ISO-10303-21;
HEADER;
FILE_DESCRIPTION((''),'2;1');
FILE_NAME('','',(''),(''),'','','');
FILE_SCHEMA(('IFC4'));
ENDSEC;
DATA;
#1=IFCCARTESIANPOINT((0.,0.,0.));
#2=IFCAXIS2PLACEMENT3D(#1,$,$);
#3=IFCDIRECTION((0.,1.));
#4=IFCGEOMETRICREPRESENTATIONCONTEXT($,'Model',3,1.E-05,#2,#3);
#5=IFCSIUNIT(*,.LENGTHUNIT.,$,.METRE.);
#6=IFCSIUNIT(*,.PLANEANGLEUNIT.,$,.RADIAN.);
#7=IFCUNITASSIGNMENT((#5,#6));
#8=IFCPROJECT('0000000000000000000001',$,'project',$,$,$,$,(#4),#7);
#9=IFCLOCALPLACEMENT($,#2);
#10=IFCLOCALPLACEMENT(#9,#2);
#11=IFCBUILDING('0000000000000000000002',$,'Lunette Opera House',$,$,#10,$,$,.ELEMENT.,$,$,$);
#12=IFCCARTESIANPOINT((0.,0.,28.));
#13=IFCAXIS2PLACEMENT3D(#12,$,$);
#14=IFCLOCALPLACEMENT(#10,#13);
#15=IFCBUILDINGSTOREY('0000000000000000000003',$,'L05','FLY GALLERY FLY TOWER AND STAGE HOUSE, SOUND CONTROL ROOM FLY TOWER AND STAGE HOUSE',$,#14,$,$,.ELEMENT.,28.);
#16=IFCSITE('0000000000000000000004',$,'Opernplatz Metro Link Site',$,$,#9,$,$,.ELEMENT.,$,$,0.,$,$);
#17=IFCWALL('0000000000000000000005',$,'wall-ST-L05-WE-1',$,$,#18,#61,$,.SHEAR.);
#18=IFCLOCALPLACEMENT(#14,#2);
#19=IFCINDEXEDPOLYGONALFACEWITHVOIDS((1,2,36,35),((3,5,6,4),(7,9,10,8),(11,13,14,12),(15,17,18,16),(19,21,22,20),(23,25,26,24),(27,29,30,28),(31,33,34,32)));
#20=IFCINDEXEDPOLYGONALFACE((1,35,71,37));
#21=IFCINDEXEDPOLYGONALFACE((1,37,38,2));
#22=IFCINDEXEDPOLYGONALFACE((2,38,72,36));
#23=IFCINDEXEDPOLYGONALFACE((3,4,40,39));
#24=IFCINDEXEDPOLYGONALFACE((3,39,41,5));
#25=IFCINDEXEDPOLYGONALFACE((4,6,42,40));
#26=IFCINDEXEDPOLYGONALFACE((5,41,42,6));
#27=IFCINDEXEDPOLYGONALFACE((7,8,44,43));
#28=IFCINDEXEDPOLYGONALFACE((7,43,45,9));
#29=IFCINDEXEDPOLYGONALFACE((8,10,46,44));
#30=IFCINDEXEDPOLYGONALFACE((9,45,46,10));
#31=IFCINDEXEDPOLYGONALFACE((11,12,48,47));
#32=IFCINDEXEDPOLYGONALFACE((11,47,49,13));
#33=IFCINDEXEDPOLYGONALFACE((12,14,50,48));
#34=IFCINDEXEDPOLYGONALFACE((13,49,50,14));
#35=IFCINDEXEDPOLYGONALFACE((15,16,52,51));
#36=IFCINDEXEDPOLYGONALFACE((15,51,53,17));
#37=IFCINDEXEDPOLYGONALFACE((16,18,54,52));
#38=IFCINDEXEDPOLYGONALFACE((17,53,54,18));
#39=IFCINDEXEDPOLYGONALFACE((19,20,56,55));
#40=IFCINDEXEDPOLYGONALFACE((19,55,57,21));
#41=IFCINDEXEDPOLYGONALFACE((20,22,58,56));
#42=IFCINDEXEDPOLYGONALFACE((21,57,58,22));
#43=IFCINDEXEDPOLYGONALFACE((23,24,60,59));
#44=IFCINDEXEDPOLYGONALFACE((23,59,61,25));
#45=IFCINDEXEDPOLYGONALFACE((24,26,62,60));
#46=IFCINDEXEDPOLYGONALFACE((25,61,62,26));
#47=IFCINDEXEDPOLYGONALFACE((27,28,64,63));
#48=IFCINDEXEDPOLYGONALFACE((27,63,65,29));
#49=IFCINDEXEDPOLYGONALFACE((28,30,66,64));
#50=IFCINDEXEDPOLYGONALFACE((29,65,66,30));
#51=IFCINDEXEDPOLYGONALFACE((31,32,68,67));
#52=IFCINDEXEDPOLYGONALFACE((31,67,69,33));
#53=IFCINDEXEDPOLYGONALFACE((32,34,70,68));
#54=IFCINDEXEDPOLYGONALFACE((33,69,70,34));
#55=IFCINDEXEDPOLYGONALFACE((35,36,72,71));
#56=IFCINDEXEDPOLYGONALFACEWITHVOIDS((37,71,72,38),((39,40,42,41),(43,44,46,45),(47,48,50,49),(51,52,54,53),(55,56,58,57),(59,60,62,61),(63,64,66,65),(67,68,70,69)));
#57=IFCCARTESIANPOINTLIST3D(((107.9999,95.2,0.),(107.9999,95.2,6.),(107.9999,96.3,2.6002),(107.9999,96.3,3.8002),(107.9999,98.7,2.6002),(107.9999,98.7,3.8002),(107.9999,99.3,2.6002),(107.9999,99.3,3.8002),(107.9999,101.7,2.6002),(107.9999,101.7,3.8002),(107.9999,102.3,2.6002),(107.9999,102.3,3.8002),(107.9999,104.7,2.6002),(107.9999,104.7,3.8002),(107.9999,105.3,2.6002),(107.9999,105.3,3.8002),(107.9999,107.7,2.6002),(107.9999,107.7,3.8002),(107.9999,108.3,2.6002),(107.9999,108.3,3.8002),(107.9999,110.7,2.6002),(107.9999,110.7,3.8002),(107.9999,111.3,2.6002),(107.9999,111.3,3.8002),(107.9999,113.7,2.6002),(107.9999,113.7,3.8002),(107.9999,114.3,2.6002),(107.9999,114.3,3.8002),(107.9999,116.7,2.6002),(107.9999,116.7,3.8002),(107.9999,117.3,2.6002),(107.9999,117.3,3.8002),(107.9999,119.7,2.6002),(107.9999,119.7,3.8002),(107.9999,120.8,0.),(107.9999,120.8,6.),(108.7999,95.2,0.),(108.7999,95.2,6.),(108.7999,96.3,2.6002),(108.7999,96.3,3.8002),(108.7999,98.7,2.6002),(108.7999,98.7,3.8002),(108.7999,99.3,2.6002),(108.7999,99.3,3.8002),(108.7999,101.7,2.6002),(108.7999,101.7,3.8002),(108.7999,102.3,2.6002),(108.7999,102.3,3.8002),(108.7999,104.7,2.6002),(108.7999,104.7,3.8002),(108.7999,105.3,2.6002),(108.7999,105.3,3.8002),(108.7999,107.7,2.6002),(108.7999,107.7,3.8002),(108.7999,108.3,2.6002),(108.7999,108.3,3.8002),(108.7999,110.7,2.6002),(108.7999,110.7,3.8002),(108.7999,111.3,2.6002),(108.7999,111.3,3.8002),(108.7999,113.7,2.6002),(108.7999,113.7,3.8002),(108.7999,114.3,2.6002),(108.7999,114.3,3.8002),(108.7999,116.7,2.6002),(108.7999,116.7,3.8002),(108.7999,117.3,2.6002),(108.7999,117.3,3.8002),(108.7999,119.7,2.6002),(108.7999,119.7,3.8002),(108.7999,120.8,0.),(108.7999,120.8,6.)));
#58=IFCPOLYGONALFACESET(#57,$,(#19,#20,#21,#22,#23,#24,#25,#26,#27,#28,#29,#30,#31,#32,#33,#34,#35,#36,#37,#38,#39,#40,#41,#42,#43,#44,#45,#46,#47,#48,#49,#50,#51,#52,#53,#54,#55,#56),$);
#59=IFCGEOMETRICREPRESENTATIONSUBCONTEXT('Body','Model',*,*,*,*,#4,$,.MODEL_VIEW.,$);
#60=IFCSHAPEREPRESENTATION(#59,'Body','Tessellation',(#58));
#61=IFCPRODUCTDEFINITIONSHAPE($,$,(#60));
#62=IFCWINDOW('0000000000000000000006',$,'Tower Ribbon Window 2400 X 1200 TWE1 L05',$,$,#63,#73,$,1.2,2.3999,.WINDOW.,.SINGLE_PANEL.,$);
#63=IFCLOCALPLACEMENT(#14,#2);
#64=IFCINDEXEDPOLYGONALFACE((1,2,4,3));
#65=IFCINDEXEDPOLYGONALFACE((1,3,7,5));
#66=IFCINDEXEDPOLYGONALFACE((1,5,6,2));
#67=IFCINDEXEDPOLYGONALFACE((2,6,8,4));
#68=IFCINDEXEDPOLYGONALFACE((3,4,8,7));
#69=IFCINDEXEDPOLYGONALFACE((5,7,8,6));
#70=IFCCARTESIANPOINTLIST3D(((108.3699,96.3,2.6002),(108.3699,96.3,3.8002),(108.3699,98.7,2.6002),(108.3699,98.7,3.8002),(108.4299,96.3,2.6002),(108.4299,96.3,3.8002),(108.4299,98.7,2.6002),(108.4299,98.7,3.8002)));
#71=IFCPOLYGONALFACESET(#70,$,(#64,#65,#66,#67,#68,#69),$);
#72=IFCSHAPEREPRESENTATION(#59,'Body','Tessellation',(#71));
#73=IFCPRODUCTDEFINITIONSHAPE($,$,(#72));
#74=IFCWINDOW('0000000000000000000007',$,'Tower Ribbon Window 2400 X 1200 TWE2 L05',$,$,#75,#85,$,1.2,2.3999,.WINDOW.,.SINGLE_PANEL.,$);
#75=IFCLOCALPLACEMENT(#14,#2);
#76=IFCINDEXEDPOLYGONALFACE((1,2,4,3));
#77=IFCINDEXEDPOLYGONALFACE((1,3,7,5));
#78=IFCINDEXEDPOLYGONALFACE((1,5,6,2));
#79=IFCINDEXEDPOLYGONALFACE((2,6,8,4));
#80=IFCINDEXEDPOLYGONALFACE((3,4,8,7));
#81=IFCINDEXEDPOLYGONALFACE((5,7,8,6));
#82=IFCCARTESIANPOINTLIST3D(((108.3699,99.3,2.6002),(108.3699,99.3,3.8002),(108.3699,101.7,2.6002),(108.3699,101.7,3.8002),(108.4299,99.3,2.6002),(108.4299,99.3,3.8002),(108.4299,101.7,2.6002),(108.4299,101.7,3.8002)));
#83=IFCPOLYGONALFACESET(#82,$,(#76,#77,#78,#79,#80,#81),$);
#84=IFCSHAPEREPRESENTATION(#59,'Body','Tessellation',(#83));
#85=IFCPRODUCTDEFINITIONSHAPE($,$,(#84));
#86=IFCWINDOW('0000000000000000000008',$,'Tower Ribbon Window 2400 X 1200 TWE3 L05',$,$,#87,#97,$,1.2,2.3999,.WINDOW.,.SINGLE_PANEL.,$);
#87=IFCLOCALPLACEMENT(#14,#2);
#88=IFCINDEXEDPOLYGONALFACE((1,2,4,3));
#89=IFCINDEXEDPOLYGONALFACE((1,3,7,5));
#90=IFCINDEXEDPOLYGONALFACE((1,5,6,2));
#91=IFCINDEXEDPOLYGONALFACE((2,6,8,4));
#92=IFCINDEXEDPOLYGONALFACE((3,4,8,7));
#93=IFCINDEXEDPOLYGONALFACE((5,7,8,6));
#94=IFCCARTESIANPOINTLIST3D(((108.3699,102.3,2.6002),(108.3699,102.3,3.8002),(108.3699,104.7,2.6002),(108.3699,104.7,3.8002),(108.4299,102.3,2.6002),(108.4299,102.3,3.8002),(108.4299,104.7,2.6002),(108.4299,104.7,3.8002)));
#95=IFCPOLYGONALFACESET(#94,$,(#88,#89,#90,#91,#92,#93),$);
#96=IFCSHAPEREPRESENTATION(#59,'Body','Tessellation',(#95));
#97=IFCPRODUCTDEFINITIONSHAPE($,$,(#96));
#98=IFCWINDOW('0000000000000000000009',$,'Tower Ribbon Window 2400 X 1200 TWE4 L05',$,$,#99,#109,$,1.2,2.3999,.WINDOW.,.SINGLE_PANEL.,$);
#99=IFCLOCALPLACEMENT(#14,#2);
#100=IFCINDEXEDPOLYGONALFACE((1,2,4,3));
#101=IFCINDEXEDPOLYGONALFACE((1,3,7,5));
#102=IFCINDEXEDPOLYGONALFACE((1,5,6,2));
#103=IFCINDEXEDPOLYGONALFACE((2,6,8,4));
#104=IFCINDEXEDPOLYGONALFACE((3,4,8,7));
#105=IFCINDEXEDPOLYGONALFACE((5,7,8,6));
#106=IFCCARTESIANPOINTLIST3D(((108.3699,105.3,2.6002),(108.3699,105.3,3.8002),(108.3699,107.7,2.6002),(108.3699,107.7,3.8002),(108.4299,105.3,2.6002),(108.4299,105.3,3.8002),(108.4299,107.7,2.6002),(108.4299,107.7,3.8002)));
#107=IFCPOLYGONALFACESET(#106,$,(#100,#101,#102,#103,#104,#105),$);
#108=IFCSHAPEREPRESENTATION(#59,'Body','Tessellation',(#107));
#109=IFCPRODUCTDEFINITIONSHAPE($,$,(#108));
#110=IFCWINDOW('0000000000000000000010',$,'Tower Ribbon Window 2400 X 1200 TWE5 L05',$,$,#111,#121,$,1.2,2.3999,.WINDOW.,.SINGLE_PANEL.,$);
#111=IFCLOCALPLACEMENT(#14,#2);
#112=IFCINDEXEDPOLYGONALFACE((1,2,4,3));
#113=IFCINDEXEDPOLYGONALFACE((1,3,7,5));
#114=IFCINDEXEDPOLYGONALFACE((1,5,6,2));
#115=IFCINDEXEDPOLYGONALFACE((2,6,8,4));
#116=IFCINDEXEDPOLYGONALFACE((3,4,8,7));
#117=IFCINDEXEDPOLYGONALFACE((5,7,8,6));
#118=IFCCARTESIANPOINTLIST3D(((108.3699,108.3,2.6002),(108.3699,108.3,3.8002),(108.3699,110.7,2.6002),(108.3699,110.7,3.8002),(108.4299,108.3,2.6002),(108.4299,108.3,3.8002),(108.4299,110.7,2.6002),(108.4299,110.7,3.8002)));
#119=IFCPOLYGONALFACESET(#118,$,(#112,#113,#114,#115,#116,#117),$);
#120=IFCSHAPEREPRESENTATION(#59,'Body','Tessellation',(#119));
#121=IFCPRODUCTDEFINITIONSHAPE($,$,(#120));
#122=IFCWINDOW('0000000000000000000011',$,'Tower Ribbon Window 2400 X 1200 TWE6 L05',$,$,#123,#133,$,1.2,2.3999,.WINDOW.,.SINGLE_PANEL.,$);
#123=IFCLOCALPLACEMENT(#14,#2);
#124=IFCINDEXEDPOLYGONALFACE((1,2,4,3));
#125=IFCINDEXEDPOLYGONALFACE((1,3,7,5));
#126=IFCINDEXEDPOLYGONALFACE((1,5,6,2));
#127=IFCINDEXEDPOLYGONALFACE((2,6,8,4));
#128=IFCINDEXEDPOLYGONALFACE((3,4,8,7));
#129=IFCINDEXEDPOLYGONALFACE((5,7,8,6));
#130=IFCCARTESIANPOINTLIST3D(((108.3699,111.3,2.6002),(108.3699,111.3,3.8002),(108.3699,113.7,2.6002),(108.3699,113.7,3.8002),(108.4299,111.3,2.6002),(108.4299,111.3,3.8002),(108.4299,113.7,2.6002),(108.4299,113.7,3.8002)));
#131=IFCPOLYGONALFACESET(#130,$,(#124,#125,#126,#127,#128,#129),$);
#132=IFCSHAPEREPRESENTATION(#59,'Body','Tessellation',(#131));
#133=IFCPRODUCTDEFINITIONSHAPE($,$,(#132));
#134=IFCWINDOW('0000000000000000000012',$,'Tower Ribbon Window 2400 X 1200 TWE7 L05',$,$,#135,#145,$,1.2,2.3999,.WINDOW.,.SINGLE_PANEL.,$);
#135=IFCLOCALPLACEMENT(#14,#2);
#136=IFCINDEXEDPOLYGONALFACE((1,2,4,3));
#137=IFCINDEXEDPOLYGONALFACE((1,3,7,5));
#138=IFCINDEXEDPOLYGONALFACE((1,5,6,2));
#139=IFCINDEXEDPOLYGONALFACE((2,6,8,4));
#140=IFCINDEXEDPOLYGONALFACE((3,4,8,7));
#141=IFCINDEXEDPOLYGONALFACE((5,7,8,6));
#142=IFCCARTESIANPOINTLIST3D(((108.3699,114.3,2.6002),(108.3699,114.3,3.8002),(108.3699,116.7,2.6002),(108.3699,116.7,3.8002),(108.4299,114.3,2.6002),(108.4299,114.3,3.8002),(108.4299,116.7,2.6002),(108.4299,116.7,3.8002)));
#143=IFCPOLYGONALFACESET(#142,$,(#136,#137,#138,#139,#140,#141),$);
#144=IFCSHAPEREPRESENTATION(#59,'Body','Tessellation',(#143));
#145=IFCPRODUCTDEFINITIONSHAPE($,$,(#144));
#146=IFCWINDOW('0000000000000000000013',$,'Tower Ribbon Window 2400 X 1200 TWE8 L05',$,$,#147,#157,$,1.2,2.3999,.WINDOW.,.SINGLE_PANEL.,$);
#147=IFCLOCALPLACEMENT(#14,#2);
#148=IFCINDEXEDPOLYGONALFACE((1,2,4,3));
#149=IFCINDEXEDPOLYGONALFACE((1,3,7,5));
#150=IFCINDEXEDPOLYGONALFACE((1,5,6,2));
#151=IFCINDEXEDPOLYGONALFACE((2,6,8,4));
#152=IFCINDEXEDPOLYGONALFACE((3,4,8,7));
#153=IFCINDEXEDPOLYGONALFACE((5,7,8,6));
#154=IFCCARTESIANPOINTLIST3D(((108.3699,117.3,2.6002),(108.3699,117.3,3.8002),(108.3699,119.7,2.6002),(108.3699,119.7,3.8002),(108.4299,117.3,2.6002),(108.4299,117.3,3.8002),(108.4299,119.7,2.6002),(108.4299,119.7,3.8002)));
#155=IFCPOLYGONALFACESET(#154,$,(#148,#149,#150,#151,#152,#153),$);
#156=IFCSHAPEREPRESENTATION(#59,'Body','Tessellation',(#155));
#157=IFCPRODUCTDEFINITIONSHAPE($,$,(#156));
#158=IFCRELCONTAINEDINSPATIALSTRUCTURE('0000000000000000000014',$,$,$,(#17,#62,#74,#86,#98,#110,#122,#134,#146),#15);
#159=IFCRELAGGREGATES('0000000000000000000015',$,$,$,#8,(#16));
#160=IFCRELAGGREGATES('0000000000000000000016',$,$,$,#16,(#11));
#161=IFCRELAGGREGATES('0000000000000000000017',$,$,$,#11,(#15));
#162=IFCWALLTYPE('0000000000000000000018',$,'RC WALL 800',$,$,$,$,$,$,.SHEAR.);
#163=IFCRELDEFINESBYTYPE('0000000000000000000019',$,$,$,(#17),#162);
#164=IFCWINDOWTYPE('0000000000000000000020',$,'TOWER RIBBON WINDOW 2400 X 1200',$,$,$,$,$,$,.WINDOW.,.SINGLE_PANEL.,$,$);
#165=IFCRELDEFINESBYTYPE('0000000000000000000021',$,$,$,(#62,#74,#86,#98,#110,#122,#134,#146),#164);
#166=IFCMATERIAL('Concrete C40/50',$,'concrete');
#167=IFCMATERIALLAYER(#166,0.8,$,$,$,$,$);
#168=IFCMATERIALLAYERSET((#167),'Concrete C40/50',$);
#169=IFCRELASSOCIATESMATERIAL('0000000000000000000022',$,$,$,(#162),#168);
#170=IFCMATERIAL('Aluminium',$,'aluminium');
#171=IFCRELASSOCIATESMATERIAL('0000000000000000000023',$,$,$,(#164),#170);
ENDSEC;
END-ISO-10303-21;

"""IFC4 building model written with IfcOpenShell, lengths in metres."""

from ifc_helpers import new_model, si_unit, direction, frame, frame_2d, origin, place, context, subcontext, project, spatial, rectangle, extrude, material, layer, layer_set, type_object, element, fill, save


model = new_model("IFC4")

# Units and contexts
model_context = context("Model", 3, precision=1e-05, world=origin(), true_north=direction((0.0, 1.0)))
body_context = subcontext(model_context, "Body", "Model", "MODEL_VIEW")
ifc_project = project(units=[si_unit("LENGTHUNIT", "METRE"), si_unit("PLANEANGLEUNIT", "RADIAN")], contexts=[model_context])

# Site, building, storey
site_placement = place(None, origin())
site = spatial("IfcSite", under=ifc_project, at=site_placement, Name="Opernplatz Metro Link Site", CompositionType="ELEMENT", RefElevation=0.0)
building_placement = place(site_placement, origin())
building = spatial("IfcBuilding", under=site, at=building_placement, Name="Lunette Opera House", CompositionType="ELEMENT")
storey_placement = place(building_placement, frame((0.0, 0.0, 28.0)))
storey = spatial("IfcBuildingStorey", under=building, at=storey_placement, Name="L05", Description="FLY GALLERY FLY TOWER AND STAGE HOUSE, SOUND CONTROL ROOM FLY TOWER AND STAGE HOUSE", CompositionType="ELEMENT", Elevation=28.0)

# Wall, openings, windows
ifc_material_1 = material(Name="Concrete C40/50", Category="concrete")
ifc_layer_1 = layer(ifc_material_1, 0.8)
ifc_layer_set_1 = layer_set([ifc_layer_1], Name="Concrete C40/50")
wall_type_1 = type_object("IfcWallType", Name="RC WALL 800", PredefinedType="SHEAR", material=ifc_layer_set_1)
wall_1_placement = place(storey_placement, frame((108.3999, 95.2, 0.0), z_axis=(0.0, 0.0, 1.0), x_axis=(0.0, 1.0, 0.0)))
wall_1 = element("IfcWall", 1, at=wall_1_placement, inside=storey, type_object=wall_type_1, Name="wall-ST-L05-WE-1", PredefinedType="SHEAR", context=body_context, shape_type="SweptSolid", body=[
    extrude(rectangle(XDim=25.6001, YDim=0.8, at=frame_2d((12.8, 0.0))), origin(), (0.0, 0.0, 1.0), 6.0),
])
opening_1_placement = place(wall_1_placement, frame((1.1001, 0.0, 2.6001)))
opening_1 = element("IfcOpeningElement", 2, at=opening_1_placement, cuts=wall_1, PredefinedType="OPENING", context=body_context, shape_type="SweptSolid", body=[
    extrude(rectangle(XDim=2.3999, YDim=1.2, at=frame_2d((1.2, 0.6001))), frame((0.0, 0.4121, 0.0), z_axis=(0.0, -1.0, 0.0), x_axis=(1.0, 0.0, 0.0)), (0.0, 0.0, 1.0), 0.824),
])
opening_2_placement = place(wall_1_placement, frame((4.1001, 0.0, 2.6001)))
opening_2 = element("IfcOpeningElement", 3, at=opening_2_placement, cuts=wall_1, PredefinedType="OPENING", context=body_context, shape_type="SweptSolid", body=[
    extrude(rectangle(XDim=2.3999, YDim=1.2, at=frame_2d((1.2, 0.6001))), frame((0.0, 0.4121, 0.0), z_axis=(0.0, -1.0, 0.0), x_axis=(1.0, 0.0, 0.0)), (0.0, 0.0, 1.0), 0.824),
])
opening_3_placement = place(wall_1_placement, frame((7.1001, 0.0, 2.6001)))
opening_3 = element("IfcOpeningElement", 4, at=opening_3_placement, cuts=wall_1, PredefinedType="OPENING", context=body_context, shape_type="SweptSolid", body=[
    extrude(rectangle(XDim=2.3999, YDim=1.2, at=frame_2d((1.2, 0.6001))), frame((0.0, 0.4121, 0.0), z_axis=(0.0, -1.0, 0.0), x_axis=(1.0, 0.0, 0.0)), (0.0, 0.0, 1.0), 0.824),
])
opening_4_placement = place(wall_1_placement, frame((10.1001, 0.0, 2.6001)))
opening_4 = element("IfcOpeningElement", 5, at=opening_4_placement, cuts=wall_1, PredefinedType="OPENING", context=body_context, shape_type="SweptSolid", body=[
    extrude(rectangle(XDim=2.3999, YDim=1.2, at=frame_2d((1.2, 0.6001))), frame((0.0, 0.4121, 0.0), z_axis=(0.0, -1.0, 0.0), x_axis=(1.0, 0.0, 0.0)), (0.0, 0.0, 1.0), 0.824),
])
opening_5_placement = place(wall_1_placement, frame((13.1001, 0.0, 2.6001)))
opening_5 = element("IfcOpeningElement", 6, at=opening_5_placement, cuts=wall_1, PredefinedType="OPENING", context=body_context, shape_type="SweptSolid", body=[
    extrude(rectangle(XDim=2.3999, YDim=1.2, at=frame_2d((1.2, 0.6001))), frame((0.0, 0.4121, 0.0), z_axis=(0.0, -1.0, 0.0), x_axis=(1.0, 0.0, 0.0)), (0.0, 0.0, 1.0), 0.824),
])
opening_6_placement = place(wall_1_placement, frame((16.1001, 0.0, 2.6001)))
opening_6 = element("IfcOpeningElement", 7, at=opening_6_placement, cuts=wall_1, PredefinedType="OPENING", context=body_context, shape_type="SweptSolid", body=[
    extrude(rectangle(XDim=2.3999, YDim=1.2, at=frame_2d((1.2, 0.6001))), frame((0.0, 0.4121, 0.0), z_axis=(0.0, -1.0, 0.0), x_axis=(1.0, 0.0, 0.0)), (0.0, 0.0, 1.0), 0.824),
])
opening_7_placement = place(wall_1_placement, frame((19.1001, 0.0, 2.6001)))
opening_7 = element("IfcOpeningElement", 8, at=opening_7_placement, cuts=wall_1, PredefinedType="OPENING", context=body_context, shape_type="SweptSolid", body=[
    extrude(rectangle(XDim=2.3999, YDim=1.2, at=frame_2d((1.2, 0.6001))), frame((0.0, 0.4121, 0.0), z_axis=(0.0, -1.0, 0.0), x_axis=(1.0, 0.0, 0.0)), (0.0, 0.0, 1.0), 0.824),
])
opening_8_placement = place(wall_1_placement, frame((22.1001, 0.0, 2.6001)))
opening_8 = element("IfcOpeningElement", 9, at=opening_8_placement, cuts=wall_1, PredefinedType="OPENING", context=body_context, shape_type="SweptSolid", body=[
    extrude(rectangle(XDim=2.3999, YDim=1.2, at=frame_2d((1.2, 0.6001))), frame((0.0, 0.4121, 0.0), z_axis=(0.0, -1.0, 0.0), x_axis=(1.0, 0.0, 0.0)), (0.0, 0.0, 1.0), 0.824),
])
ifc_material_2 = material(Name="Aluminium", Category="aluminium")
window_type = type_object("IfcWindowType", Name="TOWER RIBBON WINDOW 2400 X 1200", PartitioningType="SINGLE_PANEL", PredefinedType="WINDOW", material=ifc_material_2)
window_1_placement = place(opening_1_placement, origin())
window_1 = element("IfcWindow", 10, at=window_1_placement, inside=storey, type_object=window_type, Name="Tower Ribbon Window 2400 X 1200 TWE1 L05", OverallHeight=1.2, OverallWidth=2.3999, PartitioningType="SINGLE_PANEL", PredefinedType="WINDOW", context=body_context, shape_type="SweptSolid", body=[
    extrude(rectangle(XDim=2.3999, YDim=1.2, at=frame_2d((1.2, 0.6001))), frame((0.0, 0.03, 0.0), z_axis=(0.0, -1.0, 0.0), x_axis=(1.0, 0.0, 0.0)), (0.0, 0.0, 1.0), 0.0601),
])
fill(opening_1, window_1)
window_2_placement = place(opening_2_placement, origin())
window_2 = element("IfcWindow", 11, at=window_2_placement, inside=storey, type_object=window_type, Name="Tower Ribbon Window 2400 X 1200 TWE2 L05", OverallHeight=1.2, OverallWidth=2.3999, PartitioningType="SINGLE_PANEL", PredefinedType="WINDOW", context=body_context, shape_type="SweptSolid", body=[
    extrude(rectangle(XDim=2.3999, YDim=1.2, at=frame_2d((1.2, 0.6001))), frame((0.0, 0.03, 0.0), z_axis=(0.0, -1.0, 0.0), x_axis=(1.0, 0.0, 0.0)), (0.0, 0.0, 1.0), 0.0601),
])
fill(opening_2, window_2)
window_3_placement = place(opening_3_placement, origin())
window_3 = element("IfcWindow", 12, at=window_3_placement, inside=storey, type_object=window_type, Name="Tower Ribbon Window 2400 X 1200 TWE3 L05", OverallHeight=1.2, OverallWidth=2.3999, PartitioningType="SINGLE_PANEL", PredefinedType="WINDOW", context=body_context, shape_type="SweptSolid", body=[
    extrude(rectangle(XDim=2.3999, YDim=1.2, at=frame_2d((1.2, 0.6001))), frame((0.0, 0.03, 0.0), z_axis=(0.0, -1.0, 0.0), x_axis=(1.0, 0.0, 0.0)), (0.0, 0.0, 1.0), 0.0601),
])
fill(opening_3, window_3)
window_4_placement = place(opening_4_placement, origin())
window_4 = element("IfcWindow", 13, at=window_4_placement, inside=storey, type_object=window_type, Name="Tower Ribbon Window 2400 X 1200 TWE4 L05", OverallHeight=1.2, OverallWidth=2.3999, PartitioningType="SINGLE_PANEL", PredefinedType="WINDOW", context=body_context, shape_type="SweptSolid", body=[
    extrude(rectangle(XDim=2.3999, YDim=1.2, at=frame_2d((1.2, 0.6001))), frame((0.0, 0.03, 0.0), z_axis=(0.0, -1.0, 0.0), x_axis=(1.0, 0.0, 0.0)), (0.0, 0.0, 1.0), 0.0601),
])
fill(opening_4, window_4)
window_5_placement = place(opening_5_placement, origin())
window_5 = element("IfcWindow", 14, at=window_5_placement, inside=storey, type_object=window_type, Name="Tower Ribbon Window 2400 X 1200 TWE5 L05", OverallHeight=1.2, OverallWidth=2.3999, PartitioningType="SINGLE_PANEL", PredefinedType="WINDOW", context=body_context, shape_type="SweptSolid", body=[
    extrude(rectangle(XDim=2.3999, YDim=1.2, at=frame_2d((1.2, 0.6001))), frame((0.0, 0.03, 0.0), z_axis=(0.0, -1.0, 0.0), x_axis=(1.0, 0.0, 0.0)), (0.0, 0.0, 1.0), 0.0601),
])
fill(opening_5, window_5)
window_6_placement = place(opening_6_placement, origin())
window_6 = element("IfcWindow", 15, at=window_6_placement, inside=storey, type_object=window_type, Name="Tower Ribbon Window 2400 X 1200 TWE6 L05", OverallHeight=1.2, OverallWidth=2.3999, PartitioningType="SINGLE_PANEL", PredefinedType="WINDOW", context=body_context, shape_type="SweptSolid", body=[
    extrude(rectangle(XDim=2.3999, YDim=1.2, at=frame_2d((1.2, 0.6001))), frame((0.0, 0.03, 0.0), z_axis=(0.0, -1.0, 0.0), x_axis=(1.0, 0.0, 0.0)), (0.0, 0.0, 1.0), 0.0601),
])
fill(opening_6, window_6)
window_7_placement = place(opening_7_placement, origin())
window_7 = element("IfcWindow", 16, at=window_7_placement, inside=storey, type_object=window_type, Name="Tower Ribbon Window 2400 X 1200 TWE7 L05", OverallHeight=1.2, OverallWidth=2.3999, PartitioningType="SINGLE_PANEL", PredefinedType="WINDOW", context=body_context, shape_type="SweptSolid", body=[
    extrude(rectangle(XDim=2.3999, YDim=1.2, at=frame_2d((1.2, 0.6001))), frame((0.0, 0.03, 0.0), z_axis=(0.0, -1.0, 0.0), x_axis=(1.0, 0.0, 0.0)), (0.0, 0.0, 1.0), 0.0601),
])
fill(opening_7, window_7)
window_8_placement = place(opening_8_placement, origin())
window_8 = element("IfcWindow", 17, at=window_8_placement, inside=storey, type_object=window_type, Name="Tower Ribbon Window 2400 X 1200 TWE8 L05", OverallHeight=1.2, OverallWidth=2.3999, PartitioningType="SINGLE_PANEL", PredefinedType="WINDOW", context=body_context, shape_type="SweptSolid", body=[
    extrude(rectangle(XDim=2.3999, YDim=1.2, at=frame_2d((1.2, 0.6001))), frame((0.0, 0.03, 0.0), z_axis=(0.0, -1.0, 0.0), x_axis=(1.0, 0.0, 0.0)), (0.0, 0.0, 1.0), 0.0601),
])
fill(opening_8, window_8)

save(model, "model.ifc")
